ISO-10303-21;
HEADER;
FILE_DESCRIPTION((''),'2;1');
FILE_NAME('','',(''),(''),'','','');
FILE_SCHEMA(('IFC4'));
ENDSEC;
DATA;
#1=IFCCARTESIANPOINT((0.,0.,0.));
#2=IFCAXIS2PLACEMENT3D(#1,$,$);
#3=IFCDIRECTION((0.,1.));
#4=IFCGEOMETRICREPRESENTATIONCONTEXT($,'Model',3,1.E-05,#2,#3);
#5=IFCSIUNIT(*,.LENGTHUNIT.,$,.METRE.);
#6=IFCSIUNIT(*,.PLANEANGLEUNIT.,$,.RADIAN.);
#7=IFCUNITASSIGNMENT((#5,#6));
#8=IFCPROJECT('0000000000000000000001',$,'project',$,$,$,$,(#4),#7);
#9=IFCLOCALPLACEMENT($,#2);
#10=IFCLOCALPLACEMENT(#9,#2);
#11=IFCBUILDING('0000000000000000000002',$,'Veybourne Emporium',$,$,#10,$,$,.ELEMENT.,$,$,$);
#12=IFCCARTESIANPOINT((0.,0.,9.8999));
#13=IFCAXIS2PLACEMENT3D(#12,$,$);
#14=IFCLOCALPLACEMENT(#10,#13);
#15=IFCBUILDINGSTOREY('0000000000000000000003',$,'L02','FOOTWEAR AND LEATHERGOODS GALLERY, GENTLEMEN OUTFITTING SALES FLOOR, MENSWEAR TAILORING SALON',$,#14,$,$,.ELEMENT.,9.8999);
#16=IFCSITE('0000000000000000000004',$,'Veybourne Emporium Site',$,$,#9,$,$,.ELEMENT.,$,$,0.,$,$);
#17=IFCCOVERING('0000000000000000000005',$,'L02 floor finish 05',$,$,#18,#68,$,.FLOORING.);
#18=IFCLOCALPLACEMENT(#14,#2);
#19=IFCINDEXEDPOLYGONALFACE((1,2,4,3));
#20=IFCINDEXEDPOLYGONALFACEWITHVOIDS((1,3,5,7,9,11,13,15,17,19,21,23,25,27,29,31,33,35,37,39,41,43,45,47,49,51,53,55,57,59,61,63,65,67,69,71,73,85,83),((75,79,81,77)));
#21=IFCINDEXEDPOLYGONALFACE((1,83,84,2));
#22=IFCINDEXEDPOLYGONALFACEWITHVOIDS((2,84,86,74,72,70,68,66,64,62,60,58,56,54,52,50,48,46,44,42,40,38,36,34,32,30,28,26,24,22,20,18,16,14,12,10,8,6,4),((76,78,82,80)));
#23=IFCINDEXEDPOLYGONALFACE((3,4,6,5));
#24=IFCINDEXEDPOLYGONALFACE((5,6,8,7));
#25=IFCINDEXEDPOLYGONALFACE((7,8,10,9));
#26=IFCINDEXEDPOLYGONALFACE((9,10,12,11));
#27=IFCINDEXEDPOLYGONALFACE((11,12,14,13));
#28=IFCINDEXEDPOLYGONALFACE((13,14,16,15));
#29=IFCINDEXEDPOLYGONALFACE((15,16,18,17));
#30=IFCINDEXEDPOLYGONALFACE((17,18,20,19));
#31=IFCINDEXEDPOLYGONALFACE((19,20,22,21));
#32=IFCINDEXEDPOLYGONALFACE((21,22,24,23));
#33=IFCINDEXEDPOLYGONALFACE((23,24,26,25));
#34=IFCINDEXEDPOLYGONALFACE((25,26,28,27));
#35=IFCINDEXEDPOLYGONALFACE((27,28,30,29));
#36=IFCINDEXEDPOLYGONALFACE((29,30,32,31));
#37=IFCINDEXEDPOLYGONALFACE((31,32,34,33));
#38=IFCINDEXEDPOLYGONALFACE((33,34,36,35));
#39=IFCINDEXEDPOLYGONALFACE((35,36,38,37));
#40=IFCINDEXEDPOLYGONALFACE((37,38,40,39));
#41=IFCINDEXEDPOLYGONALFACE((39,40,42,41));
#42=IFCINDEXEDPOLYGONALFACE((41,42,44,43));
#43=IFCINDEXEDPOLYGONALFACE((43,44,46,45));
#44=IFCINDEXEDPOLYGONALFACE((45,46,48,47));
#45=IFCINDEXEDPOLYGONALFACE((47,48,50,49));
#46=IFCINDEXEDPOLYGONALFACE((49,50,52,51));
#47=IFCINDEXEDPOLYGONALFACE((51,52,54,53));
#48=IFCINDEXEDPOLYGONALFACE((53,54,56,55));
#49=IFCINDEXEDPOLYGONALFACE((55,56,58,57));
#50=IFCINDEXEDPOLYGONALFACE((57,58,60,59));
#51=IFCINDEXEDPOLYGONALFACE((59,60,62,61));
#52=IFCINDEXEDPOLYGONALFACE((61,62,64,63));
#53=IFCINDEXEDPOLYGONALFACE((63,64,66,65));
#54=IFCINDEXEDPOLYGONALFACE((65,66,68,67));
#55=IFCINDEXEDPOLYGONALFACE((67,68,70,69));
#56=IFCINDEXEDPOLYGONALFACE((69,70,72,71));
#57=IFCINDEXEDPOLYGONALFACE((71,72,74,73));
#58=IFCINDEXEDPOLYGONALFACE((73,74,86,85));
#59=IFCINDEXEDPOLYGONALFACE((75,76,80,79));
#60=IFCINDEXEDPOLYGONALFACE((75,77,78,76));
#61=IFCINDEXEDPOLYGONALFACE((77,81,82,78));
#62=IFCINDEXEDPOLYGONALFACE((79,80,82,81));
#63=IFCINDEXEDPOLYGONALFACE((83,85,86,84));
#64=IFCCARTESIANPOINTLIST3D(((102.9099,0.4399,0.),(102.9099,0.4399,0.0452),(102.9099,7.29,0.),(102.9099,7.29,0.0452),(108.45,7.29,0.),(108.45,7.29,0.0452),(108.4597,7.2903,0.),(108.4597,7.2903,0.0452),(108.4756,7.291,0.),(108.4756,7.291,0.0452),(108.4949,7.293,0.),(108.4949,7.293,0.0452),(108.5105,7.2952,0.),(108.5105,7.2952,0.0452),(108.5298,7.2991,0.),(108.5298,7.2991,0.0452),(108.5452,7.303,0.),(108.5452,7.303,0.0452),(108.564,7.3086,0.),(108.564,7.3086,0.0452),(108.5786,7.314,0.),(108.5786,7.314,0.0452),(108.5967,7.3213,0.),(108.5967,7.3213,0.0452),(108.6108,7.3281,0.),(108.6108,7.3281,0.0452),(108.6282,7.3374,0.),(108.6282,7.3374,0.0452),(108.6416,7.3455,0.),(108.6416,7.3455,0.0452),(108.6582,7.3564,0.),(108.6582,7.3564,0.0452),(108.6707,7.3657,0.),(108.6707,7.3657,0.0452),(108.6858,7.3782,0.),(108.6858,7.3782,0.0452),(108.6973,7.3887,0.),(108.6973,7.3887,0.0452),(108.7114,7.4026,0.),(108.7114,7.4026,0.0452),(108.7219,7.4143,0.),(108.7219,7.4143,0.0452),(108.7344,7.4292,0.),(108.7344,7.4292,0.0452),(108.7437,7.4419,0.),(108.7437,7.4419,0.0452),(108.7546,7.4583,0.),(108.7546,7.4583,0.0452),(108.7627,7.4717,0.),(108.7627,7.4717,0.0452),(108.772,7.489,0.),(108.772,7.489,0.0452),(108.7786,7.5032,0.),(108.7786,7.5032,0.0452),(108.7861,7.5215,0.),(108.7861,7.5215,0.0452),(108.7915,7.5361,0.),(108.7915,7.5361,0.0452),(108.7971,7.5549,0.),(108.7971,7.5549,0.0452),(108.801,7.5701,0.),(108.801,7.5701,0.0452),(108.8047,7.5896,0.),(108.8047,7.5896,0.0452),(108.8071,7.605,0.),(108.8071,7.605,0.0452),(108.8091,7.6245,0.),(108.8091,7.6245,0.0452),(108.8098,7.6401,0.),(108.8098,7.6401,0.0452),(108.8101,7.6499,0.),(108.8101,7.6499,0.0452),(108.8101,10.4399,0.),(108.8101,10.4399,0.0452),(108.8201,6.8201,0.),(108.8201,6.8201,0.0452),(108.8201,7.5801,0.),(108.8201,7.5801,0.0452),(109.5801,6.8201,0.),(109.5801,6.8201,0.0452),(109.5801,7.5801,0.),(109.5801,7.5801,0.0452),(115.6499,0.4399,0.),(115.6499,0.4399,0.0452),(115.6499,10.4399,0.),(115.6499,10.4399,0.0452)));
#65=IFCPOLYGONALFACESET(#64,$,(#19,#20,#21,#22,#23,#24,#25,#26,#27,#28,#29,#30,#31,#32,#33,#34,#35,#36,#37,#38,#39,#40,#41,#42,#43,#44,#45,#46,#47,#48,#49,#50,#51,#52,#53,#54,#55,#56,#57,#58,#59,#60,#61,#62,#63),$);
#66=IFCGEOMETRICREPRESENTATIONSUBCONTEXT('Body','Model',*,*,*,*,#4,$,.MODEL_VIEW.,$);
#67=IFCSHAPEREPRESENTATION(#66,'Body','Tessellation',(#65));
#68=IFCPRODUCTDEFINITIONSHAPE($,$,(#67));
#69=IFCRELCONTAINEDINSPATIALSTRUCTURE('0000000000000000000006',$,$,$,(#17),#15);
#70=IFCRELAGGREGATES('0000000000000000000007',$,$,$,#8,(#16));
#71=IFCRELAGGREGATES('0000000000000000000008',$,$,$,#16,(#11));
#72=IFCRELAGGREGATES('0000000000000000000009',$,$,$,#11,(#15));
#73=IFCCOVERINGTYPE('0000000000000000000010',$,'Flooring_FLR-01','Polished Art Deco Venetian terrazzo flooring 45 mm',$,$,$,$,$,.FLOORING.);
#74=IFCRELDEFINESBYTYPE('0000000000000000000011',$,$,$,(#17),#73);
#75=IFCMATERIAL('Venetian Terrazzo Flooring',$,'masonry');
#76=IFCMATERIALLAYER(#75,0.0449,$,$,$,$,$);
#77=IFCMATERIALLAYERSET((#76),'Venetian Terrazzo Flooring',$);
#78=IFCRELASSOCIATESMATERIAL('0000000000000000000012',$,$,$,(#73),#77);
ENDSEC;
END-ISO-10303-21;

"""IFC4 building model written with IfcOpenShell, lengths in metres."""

from ifc_helpers import new_model, si_unit, direction, frame, origin, place, context, subcontext, project, spatial, polyline, outline, extrude, material, layer, layer_set, type_object, element, save


model = new_model("IFC4")

# Units and contexts
model_context = context("Model", 3, precision=1e-05, world=origin(), true_north=direction((0.0, 1.0)))
body_context = subcontext(model_context, "Body", "Model", "MODEL_VIEW")
ifc_project = project(units=[si_unit("LENGTHUNIT", "METRE"), si_unit("PLANEANGLEUNIT", "RADIAN")], contexts=[model_context])

# Site, building, storey
site_placement = place(None, origin())
site = spatial("IfcSite", under=ifc_project, at=site_placement, Name="Veybourne Emporium Site", CompositionType="ELEMENT", RefElevation=0.0)
building_placement = place(site_placement, origin())
building = spatial("IfcBuilding", under=site, at=building_placement, Name="Veybourne Emporium", CompositionType="ELEMENT")
storey_placement = place(building_placement, frame((0.0, 0.0, 9.8999)))
storey = spatial("IfcBuildingStorey", under=building, at=storey_placement, Name="L02", Description="FOOTWEAR AND LEATHERGOODS GALLERY, GENTLEMEN OUTFITTING SALES FLOOR, MENSWEAR TAILORING SALON", CompositionType="ELEMENT", Elevation=9.8999)

# Covering
ifc_material_1 = material(Name="Venetian Terrazzo Flooring", Category="masonry")
ifc_layer_1 = layer(ifc_material_1, 0.0449)
ifc_layer_set_1 = layer_set([ifc_layer_1], Name="Venetian Terrazzo Flooring")
covering_type_1 = type_object("IfcCoveringType", Name="Flooring_FLR-01", Description="Polished Art Deco Venetian terrazzo flooring 45 mm", PredefinedType="FLOORING", material=ifc_layer_set_1)
covering_1_placement = place(storey_placement, origin())
element("IfcCovering", 1, at=covering_1_placement, inside=storey, type_object=covering_type_1, Name="L02 floor finish 05", PredefinedType="FLOORING", context=body_context, shape_type="SweptSolid", body=[
    extrude(outline(polyline([(102.9099, 7.29), (108.45, 7.29), (108.4597, 7.2903), (108.4756, 7.291), (108.4949, 7.293), (108.5105, 7.2952), (108.5298, 7.2991), (108.5452, 7.303), (108.564, 7.3086), (108.5786, 7.314), (108.5967, 7.3213), (108.6108, 7.3281), (108.6282, 7.3374), (108.6416, 7.3455), (108.6582, 7.3564), (108.6707, 7.3657), (108.6858, 7.3782), (108.6973, 7.3887), (108.7114, 7.4026), (108.7219, 7.4143), (108.7344, 7.4292), (108.7437, 7.4419), (108.7546, 7.4583), (108.7627, 7.4717), (108.772, 7.489), (108.7786, 7.5032), (108.7861, 7.5215), (108.7915, 7.5361), (108.7971, 7.5549), (108.801, 7.5701), (108.8047, 7.5896), (108.8071, 7.605), (108.8091, 7.6245), (108.8098, 7.6401), (108.8101, 7.6499), (108.8101, 10.4399), (115.6499, 10.4399), (115.6499, 0.4399), (102.9099, 0.4399), (102.9099, 7.29)]), holes=[polyline([(109.5801, 7.5801), (108.8201, 7.5801), (108.8201, 6.8201), (109.5801, 6.8201), (109.5801, 7.5801)])]), origin(), (0.0, 0.0, 1.0), 0.0452),
])

save(model, "model.ifc")
